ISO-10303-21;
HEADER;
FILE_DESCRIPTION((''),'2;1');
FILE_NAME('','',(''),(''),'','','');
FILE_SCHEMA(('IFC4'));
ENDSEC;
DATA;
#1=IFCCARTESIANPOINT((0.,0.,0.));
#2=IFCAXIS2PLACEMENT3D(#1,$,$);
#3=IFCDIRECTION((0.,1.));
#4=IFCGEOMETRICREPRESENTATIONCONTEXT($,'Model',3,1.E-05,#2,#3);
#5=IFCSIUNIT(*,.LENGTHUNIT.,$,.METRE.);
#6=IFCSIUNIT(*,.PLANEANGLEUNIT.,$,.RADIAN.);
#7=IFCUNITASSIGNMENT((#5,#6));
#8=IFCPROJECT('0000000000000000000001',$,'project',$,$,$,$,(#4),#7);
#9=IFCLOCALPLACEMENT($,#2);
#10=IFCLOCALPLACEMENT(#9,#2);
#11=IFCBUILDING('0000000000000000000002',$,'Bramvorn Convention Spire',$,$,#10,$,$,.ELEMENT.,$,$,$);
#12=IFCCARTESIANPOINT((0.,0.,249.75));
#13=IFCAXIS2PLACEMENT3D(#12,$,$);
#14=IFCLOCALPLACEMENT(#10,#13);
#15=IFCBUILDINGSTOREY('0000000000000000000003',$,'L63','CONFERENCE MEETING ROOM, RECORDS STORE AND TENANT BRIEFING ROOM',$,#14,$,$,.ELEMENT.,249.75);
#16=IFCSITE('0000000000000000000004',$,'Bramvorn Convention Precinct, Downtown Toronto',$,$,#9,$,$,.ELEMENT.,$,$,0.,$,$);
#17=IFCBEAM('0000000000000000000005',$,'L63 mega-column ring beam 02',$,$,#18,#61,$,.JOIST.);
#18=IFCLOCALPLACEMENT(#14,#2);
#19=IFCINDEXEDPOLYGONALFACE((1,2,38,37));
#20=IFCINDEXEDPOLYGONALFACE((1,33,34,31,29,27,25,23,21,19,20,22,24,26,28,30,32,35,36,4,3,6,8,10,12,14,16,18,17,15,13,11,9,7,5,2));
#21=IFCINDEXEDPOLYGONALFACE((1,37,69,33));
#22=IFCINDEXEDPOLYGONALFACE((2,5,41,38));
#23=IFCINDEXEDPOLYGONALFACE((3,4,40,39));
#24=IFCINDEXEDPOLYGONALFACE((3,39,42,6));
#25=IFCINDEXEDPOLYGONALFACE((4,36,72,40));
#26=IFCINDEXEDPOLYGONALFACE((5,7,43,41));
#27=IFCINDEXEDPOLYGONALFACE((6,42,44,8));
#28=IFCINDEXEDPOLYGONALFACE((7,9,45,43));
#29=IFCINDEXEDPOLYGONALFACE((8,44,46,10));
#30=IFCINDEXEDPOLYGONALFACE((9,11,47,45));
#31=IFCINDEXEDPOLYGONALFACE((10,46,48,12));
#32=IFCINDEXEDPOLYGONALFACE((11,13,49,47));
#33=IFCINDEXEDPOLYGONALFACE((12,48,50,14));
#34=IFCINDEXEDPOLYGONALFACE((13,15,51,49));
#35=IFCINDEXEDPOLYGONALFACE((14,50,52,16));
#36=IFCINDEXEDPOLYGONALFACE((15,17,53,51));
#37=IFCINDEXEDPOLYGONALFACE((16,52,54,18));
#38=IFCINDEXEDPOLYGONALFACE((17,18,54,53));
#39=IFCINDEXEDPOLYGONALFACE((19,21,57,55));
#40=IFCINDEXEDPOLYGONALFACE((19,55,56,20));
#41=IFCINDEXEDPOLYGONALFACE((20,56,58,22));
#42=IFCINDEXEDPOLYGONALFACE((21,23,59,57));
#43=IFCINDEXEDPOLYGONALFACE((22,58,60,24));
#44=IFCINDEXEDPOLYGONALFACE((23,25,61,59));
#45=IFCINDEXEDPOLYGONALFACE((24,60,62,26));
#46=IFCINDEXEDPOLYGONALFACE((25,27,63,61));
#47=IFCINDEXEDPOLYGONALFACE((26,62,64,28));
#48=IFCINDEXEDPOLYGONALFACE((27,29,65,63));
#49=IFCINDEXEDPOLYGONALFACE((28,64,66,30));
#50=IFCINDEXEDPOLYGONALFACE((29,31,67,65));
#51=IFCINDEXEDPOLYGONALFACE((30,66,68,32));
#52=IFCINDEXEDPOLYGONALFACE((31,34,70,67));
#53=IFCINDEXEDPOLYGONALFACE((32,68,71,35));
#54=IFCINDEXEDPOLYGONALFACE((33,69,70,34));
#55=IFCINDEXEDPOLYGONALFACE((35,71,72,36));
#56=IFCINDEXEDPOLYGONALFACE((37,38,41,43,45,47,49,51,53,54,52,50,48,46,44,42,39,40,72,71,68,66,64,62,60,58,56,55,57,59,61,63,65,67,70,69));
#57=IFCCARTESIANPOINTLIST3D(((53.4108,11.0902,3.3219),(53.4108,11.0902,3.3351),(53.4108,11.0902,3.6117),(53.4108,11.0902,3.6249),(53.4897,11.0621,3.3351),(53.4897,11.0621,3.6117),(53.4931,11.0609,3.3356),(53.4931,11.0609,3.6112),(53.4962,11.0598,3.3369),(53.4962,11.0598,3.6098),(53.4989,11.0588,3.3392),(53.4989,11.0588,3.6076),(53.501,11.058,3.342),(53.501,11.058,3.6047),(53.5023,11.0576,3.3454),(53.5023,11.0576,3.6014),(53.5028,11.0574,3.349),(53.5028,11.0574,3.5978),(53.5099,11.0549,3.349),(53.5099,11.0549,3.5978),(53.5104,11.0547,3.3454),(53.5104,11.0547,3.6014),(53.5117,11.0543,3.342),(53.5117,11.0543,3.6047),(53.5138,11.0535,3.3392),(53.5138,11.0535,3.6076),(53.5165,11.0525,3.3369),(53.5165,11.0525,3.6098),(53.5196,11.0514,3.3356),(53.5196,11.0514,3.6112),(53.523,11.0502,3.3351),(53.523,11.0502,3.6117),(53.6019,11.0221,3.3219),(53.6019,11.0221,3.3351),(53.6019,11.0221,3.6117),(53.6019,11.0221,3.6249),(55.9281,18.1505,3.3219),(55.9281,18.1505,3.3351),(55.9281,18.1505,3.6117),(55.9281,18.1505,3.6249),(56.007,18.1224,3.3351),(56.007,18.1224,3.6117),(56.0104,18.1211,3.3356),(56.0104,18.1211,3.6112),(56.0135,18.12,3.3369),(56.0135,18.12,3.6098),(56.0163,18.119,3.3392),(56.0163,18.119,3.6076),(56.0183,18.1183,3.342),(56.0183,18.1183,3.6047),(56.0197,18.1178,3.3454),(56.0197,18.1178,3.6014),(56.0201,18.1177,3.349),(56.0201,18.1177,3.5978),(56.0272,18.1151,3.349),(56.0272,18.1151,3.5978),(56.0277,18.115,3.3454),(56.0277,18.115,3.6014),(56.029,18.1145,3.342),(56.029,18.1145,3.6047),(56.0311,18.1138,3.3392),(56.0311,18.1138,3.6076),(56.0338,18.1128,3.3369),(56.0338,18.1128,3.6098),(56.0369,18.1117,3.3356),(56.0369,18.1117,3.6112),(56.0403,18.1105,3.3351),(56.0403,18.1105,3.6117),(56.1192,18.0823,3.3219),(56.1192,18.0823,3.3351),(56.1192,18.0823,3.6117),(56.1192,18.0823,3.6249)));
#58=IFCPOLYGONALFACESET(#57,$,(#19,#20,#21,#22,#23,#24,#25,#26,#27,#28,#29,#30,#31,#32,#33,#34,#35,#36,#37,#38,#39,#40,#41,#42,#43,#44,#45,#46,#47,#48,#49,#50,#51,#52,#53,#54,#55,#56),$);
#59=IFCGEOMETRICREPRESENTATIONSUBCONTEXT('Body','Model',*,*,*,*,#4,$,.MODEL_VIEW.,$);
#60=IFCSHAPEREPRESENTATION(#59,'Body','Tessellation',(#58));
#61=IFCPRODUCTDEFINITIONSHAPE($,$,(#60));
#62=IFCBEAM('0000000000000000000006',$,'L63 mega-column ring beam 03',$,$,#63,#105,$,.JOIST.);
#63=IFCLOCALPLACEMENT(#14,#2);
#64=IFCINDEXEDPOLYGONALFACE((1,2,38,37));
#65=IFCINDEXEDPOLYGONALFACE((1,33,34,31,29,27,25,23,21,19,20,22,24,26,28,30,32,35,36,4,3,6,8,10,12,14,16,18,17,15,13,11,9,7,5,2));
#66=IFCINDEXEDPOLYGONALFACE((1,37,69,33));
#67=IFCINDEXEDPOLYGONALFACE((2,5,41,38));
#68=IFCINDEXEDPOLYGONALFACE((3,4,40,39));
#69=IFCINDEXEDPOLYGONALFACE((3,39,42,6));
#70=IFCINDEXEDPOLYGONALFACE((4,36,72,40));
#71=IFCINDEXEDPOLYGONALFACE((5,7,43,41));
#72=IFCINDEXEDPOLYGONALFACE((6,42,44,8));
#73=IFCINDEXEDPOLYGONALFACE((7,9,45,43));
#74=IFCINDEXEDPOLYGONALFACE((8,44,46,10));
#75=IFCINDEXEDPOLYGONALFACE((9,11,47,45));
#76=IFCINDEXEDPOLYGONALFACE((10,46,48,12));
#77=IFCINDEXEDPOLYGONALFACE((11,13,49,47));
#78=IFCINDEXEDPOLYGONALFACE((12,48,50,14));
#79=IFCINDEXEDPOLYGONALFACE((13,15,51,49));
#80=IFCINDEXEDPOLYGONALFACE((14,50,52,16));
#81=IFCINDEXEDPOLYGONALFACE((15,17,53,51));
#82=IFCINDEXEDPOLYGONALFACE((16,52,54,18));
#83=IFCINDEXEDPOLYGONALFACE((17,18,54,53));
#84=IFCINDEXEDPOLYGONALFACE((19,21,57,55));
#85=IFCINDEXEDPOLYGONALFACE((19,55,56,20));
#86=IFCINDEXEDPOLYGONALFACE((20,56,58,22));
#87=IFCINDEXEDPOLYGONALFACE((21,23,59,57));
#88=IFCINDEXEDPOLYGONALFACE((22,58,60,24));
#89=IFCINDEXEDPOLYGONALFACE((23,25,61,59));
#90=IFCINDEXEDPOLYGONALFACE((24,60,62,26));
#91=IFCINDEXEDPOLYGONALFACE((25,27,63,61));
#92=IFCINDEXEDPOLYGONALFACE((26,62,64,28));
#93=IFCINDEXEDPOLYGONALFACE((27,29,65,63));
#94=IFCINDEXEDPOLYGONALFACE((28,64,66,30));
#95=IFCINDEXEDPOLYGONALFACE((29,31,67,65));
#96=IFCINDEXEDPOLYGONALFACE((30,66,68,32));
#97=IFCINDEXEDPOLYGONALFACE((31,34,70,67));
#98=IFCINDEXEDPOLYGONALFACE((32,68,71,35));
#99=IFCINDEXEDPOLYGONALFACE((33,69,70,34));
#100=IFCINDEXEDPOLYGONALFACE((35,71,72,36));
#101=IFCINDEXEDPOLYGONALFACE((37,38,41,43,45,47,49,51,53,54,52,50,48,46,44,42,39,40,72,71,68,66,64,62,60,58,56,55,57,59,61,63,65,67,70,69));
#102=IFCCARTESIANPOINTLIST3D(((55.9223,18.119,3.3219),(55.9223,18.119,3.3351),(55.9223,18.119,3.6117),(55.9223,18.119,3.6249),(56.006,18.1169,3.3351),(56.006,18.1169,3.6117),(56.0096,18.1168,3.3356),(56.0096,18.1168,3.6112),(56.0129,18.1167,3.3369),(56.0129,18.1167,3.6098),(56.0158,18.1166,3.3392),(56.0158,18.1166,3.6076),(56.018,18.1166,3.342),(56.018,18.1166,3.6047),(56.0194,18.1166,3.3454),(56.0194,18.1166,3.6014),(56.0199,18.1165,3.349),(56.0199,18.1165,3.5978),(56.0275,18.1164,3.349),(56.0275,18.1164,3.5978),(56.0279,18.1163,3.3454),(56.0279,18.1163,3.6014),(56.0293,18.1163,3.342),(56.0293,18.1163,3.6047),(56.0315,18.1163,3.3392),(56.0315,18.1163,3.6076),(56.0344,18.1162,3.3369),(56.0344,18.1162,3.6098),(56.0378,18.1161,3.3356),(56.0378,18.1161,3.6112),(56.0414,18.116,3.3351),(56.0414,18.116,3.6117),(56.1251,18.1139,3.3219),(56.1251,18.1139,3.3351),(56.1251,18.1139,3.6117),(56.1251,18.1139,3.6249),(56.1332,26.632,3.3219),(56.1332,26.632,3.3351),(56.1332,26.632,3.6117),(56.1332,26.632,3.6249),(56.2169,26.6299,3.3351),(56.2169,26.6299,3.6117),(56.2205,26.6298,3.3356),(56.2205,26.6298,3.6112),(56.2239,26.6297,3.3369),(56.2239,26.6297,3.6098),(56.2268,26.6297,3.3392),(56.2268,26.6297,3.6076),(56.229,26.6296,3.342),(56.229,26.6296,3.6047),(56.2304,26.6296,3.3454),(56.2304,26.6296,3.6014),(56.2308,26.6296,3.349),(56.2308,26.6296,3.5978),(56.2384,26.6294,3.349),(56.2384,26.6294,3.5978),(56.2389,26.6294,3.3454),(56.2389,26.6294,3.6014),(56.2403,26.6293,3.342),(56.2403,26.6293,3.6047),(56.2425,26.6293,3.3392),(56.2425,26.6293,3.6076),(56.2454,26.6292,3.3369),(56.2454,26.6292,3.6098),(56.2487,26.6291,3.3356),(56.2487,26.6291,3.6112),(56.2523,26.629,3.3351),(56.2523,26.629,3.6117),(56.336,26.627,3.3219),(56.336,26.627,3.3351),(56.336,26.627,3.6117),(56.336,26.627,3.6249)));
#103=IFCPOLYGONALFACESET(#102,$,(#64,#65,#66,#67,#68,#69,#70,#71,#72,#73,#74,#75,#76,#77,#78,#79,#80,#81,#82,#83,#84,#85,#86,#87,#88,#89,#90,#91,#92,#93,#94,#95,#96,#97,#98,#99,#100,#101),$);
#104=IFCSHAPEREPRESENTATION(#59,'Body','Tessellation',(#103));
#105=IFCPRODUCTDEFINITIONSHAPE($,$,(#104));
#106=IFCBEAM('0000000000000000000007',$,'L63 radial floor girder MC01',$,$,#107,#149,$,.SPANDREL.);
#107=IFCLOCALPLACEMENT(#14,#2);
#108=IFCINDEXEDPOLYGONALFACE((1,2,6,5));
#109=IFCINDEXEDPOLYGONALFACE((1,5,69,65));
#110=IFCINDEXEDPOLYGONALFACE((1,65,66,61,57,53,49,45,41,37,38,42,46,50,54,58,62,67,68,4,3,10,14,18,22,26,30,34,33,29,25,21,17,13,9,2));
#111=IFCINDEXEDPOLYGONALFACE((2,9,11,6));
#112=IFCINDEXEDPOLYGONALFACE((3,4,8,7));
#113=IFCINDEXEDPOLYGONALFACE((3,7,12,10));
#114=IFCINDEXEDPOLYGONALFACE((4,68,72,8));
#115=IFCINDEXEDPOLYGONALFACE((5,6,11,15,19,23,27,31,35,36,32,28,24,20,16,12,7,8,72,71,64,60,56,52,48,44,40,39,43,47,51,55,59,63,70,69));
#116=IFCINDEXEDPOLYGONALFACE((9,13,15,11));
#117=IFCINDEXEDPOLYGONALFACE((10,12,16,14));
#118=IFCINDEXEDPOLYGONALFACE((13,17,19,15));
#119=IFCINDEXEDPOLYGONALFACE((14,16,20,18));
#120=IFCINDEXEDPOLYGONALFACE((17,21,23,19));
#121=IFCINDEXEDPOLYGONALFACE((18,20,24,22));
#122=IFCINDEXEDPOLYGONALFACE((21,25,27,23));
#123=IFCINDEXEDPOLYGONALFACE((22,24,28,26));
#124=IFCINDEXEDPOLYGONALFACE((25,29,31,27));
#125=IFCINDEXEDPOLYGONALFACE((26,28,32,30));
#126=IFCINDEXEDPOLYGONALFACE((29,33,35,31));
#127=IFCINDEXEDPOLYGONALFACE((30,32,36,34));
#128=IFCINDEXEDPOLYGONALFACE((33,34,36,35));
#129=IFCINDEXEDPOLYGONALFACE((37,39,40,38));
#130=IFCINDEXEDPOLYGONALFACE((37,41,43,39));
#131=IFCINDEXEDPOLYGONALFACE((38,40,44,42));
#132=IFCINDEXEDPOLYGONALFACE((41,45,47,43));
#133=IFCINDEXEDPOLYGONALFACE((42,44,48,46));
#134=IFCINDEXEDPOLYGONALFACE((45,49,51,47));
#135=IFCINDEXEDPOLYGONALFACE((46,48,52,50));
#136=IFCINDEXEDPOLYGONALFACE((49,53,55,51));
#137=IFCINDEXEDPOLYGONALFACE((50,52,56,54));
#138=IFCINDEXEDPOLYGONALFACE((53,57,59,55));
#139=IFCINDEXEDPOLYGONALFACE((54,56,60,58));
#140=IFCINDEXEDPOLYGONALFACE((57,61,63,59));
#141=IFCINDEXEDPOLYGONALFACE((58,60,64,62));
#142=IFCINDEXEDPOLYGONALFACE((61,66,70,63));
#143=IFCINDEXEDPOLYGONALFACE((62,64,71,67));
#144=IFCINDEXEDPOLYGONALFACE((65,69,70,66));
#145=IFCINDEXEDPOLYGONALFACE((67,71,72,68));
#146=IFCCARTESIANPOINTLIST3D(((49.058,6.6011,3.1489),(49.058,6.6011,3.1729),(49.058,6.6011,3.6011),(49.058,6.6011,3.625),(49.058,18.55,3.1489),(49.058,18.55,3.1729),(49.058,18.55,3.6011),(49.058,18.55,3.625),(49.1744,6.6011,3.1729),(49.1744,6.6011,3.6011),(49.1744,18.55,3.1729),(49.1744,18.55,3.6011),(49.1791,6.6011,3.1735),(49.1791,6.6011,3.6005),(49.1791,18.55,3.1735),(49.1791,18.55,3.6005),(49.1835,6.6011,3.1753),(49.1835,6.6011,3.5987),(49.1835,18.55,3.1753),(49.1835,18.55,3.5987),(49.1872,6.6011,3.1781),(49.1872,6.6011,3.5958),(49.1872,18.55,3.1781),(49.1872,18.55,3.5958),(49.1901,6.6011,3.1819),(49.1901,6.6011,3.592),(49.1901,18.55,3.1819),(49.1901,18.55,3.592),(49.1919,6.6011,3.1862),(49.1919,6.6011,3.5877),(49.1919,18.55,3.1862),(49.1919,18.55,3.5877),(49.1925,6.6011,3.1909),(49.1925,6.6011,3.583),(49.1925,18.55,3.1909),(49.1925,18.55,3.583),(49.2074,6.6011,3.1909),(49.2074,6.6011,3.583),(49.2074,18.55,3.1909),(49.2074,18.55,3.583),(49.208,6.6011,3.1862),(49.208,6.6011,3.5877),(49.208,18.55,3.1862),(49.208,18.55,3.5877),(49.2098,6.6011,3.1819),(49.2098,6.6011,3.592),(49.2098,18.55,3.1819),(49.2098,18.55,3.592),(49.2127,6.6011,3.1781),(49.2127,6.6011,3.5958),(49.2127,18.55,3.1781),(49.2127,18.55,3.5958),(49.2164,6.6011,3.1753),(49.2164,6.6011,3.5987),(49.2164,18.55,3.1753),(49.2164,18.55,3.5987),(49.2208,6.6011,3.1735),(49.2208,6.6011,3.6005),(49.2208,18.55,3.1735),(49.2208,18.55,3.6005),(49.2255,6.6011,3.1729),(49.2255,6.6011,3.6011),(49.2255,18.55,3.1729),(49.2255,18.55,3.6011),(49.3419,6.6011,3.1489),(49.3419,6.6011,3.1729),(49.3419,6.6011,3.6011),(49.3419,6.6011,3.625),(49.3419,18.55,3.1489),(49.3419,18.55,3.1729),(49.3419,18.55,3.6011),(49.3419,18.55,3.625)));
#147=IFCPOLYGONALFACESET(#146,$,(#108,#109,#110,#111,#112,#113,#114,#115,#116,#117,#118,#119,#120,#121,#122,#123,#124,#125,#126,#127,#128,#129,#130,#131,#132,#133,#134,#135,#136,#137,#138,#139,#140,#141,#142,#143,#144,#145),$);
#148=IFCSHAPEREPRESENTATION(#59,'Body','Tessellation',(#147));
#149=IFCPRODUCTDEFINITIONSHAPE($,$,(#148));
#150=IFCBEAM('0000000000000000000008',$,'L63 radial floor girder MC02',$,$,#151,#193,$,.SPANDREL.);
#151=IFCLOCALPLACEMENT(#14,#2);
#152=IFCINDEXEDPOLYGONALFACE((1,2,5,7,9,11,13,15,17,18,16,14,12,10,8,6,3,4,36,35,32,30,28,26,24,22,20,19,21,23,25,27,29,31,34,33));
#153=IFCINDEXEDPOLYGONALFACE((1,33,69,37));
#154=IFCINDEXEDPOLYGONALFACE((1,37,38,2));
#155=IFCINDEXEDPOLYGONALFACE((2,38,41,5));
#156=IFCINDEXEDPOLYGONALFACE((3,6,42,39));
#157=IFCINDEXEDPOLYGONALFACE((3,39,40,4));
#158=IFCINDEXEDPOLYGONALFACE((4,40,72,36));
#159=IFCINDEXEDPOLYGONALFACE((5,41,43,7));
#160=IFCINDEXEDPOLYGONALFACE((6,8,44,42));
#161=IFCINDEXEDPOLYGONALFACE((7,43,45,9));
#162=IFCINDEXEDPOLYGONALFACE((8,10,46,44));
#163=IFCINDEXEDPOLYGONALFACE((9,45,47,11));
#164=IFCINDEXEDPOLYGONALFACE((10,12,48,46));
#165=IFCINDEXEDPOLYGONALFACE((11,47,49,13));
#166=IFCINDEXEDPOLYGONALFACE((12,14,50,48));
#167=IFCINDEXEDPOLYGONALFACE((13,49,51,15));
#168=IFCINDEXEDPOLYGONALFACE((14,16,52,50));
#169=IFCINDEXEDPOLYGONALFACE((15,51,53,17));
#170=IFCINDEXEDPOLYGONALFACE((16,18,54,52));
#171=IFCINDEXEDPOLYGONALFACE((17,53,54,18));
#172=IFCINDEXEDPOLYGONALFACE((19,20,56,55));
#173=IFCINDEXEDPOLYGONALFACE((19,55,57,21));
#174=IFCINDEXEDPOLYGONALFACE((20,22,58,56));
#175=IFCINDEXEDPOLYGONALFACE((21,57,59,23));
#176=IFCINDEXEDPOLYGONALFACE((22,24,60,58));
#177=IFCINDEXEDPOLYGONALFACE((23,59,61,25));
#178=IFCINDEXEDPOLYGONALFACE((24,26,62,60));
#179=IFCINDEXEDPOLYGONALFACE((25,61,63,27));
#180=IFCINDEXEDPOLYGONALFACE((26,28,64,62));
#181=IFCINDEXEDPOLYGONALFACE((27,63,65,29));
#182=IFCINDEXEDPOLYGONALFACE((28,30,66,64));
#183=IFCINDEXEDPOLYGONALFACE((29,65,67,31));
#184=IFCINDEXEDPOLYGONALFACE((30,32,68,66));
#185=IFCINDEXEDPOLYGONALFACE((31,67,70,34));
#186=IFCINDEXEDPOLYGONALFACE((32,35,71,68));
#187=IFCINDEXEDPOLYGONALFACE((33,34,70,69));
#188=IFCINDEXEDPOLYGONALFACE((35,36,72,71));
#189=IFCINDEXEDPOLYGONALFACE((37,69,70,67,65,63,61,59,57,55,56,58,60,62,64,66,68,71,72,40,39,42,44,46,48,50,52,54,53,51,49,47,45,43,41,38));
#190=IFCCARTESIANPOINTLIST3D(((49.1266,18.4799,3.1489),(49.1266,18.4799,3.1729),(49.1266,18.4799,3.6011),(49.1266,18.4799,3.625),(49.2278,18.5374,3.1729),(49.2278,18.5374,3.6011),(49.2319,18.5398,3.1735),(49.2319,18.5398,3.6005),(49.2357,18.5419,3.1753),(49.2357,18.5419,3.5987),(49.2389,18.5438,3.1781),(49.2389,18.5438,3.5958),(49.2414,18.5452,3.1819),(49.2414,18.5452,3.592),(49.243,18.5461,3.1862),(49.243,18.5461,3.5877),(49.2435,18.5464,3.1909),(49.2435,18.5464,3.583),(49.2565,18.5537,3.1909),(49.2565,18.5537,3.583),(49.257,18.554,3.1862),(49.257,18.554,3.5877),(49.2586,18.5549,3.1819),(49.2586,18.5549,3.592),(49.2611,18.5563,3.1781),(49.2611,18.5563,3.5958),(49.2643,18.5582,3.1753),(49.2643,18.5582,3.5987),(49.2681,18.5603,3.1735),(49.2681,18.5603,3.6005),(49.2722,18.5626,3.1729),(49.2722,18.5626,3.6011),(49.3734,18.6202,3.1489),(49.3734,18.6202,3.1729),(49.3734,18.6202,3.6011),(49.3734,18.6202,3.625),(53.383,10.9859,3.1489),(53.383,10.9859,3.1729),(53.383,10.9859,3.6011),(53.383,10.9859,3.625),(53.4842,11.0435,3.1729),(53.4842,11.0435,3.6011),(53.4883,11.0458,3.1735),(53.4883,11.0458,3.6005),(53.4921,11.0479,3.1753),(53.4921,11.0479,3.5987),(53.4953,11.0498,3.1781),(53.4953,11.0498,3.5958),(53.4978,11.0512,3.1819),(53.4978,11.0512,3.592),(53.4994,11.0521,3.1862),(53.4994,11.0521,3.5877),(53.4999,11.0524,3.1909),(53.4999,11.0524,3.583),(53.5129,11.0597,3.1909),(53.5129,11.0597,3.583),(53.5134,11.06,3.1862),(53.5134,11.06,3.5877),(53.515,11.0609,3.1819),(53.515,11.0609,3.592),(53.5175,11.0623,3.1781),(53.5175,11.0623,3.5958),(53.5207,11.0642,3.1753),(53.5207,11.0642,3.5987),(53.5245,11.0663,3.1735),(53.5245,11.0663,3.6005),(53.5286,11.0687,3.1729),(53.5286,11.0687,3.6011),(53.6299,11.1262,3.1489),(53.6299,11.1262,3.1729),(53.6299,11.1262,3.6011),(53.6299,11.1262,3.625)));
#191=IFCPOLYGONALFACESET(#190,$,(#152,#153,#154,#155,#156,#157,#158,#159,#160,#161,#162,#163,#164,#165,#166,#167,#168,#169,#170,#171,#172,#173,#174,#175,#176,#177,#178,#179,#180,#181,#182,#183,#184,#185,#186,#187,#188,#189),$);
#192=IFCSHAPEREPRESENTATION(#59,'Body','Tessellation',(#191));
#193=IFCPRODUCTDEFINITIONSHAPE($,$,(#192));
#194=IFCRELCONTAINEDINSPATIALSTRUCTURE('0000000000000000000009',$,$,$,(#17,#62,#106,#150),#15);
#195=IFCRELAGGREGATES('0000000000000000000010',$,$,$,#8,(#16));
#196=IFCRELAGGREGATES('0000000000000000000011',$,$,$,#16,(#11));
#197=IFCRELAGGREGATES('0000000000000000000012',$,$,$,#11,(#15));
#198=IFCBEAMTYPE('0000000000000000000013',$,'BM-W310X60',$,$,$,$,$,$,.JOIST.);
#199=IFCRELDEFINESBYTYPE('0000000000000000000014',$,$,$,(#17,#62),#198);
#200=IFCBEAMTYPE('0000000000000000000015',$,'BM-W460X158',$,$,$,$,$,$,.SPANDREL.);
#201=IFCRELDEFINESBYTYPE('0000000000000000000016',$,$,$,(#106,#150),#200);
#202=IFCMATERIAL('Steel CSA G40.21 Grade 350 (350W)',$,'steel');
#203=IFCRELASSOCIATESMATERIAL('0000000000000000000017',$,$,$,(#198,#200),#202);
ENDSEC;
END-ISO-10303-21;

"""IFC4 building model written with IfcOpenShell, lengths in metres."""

from ifc_helpers import new_model, si_unit, direction, frame, origin, origin_2d, place, context, subcontext, project, spatial, i_section, extrude, material, material_profile, profile_set, type_object, element, save


model = new_model("IFC4")

# Units and contexts
model_context = context("Model", 3, precision=1e-05, world=origin(), true_north=direction((0.0, 1.0)))
body_context = subcontext(model_context, "Body", "Model", "MODEL_VIEW")
ifc_project = project(units=[si_unit("LENGTHUNIT", "METRE"), si_unit("PLANEANGLEUNIT", "RADIAN")], contexts=[model_context])

# Site, building, storey
site_placement = place(None, origin())
site = spatial("IfcSite", under=ifc_project, at=site_placement, Name="Bramvorn Convention Precinct, Downtown Toronto", CompositionType="ELEMENT", RefElevation=0.0)
building_placement = place(site_placement, origin())
building = spatial("IfcBuilding", under=site, at=building_placement, Name="Bramvorn Convention Spire", CompositionType="ELEMENT")
storey_placement = place(building_placement, frame((0.0, 0.0, 249.75)))
storey = spatial("IfcBuildingStorey", under=building, at=storey_placement, Name="L63", Description="CONFERENCE MEETING ROOM, RECORDS STORE AND TENANT BRIEFING ROOM", CompositionType="ELEMENT", Elevation=249.75)

# Shared definitions
ifc_material_1 = material(Name="Steel CSA G40.21 Grade 350 (350W)", Category="steel")

# Beams
ifc_material_profile_1 = material_profile(ifc_material_1, i_section(OverallWidth=0.2029, OverallDepth=0.303, WebThickness=0.0076, FlangeThickness=0.0132, FilletRadius=0.0139, at=origin_2d()))
ifc_profile_set_1 = profile_set([ifc_material_profile_1], Name="Steel CSA G40.21 Grade 350 (350W) - W310X60")
beam_type_1 = type_object("IfcBeamType", Name="BM-W310X60", PredefinedType="JOIST", material=ifc_profile_set_1)
beam_1_placement = place(storey_placement, frame((53.5063, 11.0562, 3.4734), z_axis=(0.335839, 0.941919, 0.0), x_axis=(-0.941919, 0.335839, 0.0)))
element("IfcBeam", 1, at=beam_1_placement, inside=storey, type_object=beam_type_1, Name="L63 mega-column ring beam 02", PredefinedType="JOIST", context=body_context, shape_type="SweptSolid", body=[
    extrude(i_section(OverallWidth=0.2029, OverallDepth=0.303, WebThickness=0.0076, FlangeThickness=0.0132, FilletRadius=0.0139, at=origin_2d()), origin(), (0.0, 0.0, 1.0), 7.4956),
])
beam_2_placement = place(storey_placement, frame((56.0237, 18.1165, 3.4734), z_axis=(0.024771, 0.999693, 0.0), x_axis=(-0.999693, 0.024771, 0.0)))
element("IfcBeam", 2, at=beam_2_placement, inside=storey, type_object=beam_type_1, Name="L63 mega-column ring beam 03", PredefinedType="JOIST", context=body_context, shape_type="SweptSolid", body=[
    extrude(i_section(OverallWidth=0.2029, OverallDepth=0.303, WebThickness=0.0076, FlangeThickness=0.0132, FilletRadius=0.0139, at=origin_2d()), origin(), (0.0, 0.0, 1.0), 8.5156),
])
ifc_material_profile_2 = material_profile(ifc_material_1, i_section(OverallWidth=0.2839, OverallDepth=0.4761, WebThickness=0.0149, FlangeThickness=0.0239, FilletRadius=0.0181, at=origin_2d()))
ifc_profile_set_2 = profile_set([ifc_material_profile_2], Name="Steel CSA G40.21 Grade 350 (350W) - W460X158")
beam_type_2 = type_object("IfcBeamType", Name="BM-W460X158", PredefinedType="SPANDREL", material=ifc_profile_set_2)
beam_3_placement = place(storey_placement, frame((49.2, 18.55, 3.387), z_axis=(0.0, -1.0, 0.0), x_axis=(1.0, 0.0, 0.0)))
element("IfcBeam", 3, at=beam_3_placement, inside=storey, type_object=beam_type_2, Name="L63 radial floor girder MC01", PredefinedType="SPANDREL", context=body_context, shape_type="SweptSolid", body=[
    extrude(i_section(OverallWidth=0.2839, OverallDepth=0.4761, WebThickness=0.0149, FlangeThickness=0.0239, FilletRadius=0.0181, at=origin_2d()), origin(), (0.0, 0.0, 1.0), 11.949),
])
beam_4_placement = place(storey_placement, frame((49.25, 18.55, 3.387), z_axis=(0.493874, -0.869534, 0.0), x_axis=(0.869534, 0.493874, 0.0)))
element("IfcBeam", 4, at=beam_4_placement, inside=storey, type_object=beam_type_2, Name="L63 radial floor girder MC02", PredefinedType="SPANDREL", context=body_context, shape_type="SweptSolid", body=[
    extrude(i_section(OverallWidth=0.2839, OverallDepth=0.4761, WebThickness=0.0149, FlangeThickness=0.0239, FilletRadius=0.0181, at=origin_2d()), origin(), (0.0, 0.0, 1.0), 8.6184),
])

save(model, "model.ifc")
